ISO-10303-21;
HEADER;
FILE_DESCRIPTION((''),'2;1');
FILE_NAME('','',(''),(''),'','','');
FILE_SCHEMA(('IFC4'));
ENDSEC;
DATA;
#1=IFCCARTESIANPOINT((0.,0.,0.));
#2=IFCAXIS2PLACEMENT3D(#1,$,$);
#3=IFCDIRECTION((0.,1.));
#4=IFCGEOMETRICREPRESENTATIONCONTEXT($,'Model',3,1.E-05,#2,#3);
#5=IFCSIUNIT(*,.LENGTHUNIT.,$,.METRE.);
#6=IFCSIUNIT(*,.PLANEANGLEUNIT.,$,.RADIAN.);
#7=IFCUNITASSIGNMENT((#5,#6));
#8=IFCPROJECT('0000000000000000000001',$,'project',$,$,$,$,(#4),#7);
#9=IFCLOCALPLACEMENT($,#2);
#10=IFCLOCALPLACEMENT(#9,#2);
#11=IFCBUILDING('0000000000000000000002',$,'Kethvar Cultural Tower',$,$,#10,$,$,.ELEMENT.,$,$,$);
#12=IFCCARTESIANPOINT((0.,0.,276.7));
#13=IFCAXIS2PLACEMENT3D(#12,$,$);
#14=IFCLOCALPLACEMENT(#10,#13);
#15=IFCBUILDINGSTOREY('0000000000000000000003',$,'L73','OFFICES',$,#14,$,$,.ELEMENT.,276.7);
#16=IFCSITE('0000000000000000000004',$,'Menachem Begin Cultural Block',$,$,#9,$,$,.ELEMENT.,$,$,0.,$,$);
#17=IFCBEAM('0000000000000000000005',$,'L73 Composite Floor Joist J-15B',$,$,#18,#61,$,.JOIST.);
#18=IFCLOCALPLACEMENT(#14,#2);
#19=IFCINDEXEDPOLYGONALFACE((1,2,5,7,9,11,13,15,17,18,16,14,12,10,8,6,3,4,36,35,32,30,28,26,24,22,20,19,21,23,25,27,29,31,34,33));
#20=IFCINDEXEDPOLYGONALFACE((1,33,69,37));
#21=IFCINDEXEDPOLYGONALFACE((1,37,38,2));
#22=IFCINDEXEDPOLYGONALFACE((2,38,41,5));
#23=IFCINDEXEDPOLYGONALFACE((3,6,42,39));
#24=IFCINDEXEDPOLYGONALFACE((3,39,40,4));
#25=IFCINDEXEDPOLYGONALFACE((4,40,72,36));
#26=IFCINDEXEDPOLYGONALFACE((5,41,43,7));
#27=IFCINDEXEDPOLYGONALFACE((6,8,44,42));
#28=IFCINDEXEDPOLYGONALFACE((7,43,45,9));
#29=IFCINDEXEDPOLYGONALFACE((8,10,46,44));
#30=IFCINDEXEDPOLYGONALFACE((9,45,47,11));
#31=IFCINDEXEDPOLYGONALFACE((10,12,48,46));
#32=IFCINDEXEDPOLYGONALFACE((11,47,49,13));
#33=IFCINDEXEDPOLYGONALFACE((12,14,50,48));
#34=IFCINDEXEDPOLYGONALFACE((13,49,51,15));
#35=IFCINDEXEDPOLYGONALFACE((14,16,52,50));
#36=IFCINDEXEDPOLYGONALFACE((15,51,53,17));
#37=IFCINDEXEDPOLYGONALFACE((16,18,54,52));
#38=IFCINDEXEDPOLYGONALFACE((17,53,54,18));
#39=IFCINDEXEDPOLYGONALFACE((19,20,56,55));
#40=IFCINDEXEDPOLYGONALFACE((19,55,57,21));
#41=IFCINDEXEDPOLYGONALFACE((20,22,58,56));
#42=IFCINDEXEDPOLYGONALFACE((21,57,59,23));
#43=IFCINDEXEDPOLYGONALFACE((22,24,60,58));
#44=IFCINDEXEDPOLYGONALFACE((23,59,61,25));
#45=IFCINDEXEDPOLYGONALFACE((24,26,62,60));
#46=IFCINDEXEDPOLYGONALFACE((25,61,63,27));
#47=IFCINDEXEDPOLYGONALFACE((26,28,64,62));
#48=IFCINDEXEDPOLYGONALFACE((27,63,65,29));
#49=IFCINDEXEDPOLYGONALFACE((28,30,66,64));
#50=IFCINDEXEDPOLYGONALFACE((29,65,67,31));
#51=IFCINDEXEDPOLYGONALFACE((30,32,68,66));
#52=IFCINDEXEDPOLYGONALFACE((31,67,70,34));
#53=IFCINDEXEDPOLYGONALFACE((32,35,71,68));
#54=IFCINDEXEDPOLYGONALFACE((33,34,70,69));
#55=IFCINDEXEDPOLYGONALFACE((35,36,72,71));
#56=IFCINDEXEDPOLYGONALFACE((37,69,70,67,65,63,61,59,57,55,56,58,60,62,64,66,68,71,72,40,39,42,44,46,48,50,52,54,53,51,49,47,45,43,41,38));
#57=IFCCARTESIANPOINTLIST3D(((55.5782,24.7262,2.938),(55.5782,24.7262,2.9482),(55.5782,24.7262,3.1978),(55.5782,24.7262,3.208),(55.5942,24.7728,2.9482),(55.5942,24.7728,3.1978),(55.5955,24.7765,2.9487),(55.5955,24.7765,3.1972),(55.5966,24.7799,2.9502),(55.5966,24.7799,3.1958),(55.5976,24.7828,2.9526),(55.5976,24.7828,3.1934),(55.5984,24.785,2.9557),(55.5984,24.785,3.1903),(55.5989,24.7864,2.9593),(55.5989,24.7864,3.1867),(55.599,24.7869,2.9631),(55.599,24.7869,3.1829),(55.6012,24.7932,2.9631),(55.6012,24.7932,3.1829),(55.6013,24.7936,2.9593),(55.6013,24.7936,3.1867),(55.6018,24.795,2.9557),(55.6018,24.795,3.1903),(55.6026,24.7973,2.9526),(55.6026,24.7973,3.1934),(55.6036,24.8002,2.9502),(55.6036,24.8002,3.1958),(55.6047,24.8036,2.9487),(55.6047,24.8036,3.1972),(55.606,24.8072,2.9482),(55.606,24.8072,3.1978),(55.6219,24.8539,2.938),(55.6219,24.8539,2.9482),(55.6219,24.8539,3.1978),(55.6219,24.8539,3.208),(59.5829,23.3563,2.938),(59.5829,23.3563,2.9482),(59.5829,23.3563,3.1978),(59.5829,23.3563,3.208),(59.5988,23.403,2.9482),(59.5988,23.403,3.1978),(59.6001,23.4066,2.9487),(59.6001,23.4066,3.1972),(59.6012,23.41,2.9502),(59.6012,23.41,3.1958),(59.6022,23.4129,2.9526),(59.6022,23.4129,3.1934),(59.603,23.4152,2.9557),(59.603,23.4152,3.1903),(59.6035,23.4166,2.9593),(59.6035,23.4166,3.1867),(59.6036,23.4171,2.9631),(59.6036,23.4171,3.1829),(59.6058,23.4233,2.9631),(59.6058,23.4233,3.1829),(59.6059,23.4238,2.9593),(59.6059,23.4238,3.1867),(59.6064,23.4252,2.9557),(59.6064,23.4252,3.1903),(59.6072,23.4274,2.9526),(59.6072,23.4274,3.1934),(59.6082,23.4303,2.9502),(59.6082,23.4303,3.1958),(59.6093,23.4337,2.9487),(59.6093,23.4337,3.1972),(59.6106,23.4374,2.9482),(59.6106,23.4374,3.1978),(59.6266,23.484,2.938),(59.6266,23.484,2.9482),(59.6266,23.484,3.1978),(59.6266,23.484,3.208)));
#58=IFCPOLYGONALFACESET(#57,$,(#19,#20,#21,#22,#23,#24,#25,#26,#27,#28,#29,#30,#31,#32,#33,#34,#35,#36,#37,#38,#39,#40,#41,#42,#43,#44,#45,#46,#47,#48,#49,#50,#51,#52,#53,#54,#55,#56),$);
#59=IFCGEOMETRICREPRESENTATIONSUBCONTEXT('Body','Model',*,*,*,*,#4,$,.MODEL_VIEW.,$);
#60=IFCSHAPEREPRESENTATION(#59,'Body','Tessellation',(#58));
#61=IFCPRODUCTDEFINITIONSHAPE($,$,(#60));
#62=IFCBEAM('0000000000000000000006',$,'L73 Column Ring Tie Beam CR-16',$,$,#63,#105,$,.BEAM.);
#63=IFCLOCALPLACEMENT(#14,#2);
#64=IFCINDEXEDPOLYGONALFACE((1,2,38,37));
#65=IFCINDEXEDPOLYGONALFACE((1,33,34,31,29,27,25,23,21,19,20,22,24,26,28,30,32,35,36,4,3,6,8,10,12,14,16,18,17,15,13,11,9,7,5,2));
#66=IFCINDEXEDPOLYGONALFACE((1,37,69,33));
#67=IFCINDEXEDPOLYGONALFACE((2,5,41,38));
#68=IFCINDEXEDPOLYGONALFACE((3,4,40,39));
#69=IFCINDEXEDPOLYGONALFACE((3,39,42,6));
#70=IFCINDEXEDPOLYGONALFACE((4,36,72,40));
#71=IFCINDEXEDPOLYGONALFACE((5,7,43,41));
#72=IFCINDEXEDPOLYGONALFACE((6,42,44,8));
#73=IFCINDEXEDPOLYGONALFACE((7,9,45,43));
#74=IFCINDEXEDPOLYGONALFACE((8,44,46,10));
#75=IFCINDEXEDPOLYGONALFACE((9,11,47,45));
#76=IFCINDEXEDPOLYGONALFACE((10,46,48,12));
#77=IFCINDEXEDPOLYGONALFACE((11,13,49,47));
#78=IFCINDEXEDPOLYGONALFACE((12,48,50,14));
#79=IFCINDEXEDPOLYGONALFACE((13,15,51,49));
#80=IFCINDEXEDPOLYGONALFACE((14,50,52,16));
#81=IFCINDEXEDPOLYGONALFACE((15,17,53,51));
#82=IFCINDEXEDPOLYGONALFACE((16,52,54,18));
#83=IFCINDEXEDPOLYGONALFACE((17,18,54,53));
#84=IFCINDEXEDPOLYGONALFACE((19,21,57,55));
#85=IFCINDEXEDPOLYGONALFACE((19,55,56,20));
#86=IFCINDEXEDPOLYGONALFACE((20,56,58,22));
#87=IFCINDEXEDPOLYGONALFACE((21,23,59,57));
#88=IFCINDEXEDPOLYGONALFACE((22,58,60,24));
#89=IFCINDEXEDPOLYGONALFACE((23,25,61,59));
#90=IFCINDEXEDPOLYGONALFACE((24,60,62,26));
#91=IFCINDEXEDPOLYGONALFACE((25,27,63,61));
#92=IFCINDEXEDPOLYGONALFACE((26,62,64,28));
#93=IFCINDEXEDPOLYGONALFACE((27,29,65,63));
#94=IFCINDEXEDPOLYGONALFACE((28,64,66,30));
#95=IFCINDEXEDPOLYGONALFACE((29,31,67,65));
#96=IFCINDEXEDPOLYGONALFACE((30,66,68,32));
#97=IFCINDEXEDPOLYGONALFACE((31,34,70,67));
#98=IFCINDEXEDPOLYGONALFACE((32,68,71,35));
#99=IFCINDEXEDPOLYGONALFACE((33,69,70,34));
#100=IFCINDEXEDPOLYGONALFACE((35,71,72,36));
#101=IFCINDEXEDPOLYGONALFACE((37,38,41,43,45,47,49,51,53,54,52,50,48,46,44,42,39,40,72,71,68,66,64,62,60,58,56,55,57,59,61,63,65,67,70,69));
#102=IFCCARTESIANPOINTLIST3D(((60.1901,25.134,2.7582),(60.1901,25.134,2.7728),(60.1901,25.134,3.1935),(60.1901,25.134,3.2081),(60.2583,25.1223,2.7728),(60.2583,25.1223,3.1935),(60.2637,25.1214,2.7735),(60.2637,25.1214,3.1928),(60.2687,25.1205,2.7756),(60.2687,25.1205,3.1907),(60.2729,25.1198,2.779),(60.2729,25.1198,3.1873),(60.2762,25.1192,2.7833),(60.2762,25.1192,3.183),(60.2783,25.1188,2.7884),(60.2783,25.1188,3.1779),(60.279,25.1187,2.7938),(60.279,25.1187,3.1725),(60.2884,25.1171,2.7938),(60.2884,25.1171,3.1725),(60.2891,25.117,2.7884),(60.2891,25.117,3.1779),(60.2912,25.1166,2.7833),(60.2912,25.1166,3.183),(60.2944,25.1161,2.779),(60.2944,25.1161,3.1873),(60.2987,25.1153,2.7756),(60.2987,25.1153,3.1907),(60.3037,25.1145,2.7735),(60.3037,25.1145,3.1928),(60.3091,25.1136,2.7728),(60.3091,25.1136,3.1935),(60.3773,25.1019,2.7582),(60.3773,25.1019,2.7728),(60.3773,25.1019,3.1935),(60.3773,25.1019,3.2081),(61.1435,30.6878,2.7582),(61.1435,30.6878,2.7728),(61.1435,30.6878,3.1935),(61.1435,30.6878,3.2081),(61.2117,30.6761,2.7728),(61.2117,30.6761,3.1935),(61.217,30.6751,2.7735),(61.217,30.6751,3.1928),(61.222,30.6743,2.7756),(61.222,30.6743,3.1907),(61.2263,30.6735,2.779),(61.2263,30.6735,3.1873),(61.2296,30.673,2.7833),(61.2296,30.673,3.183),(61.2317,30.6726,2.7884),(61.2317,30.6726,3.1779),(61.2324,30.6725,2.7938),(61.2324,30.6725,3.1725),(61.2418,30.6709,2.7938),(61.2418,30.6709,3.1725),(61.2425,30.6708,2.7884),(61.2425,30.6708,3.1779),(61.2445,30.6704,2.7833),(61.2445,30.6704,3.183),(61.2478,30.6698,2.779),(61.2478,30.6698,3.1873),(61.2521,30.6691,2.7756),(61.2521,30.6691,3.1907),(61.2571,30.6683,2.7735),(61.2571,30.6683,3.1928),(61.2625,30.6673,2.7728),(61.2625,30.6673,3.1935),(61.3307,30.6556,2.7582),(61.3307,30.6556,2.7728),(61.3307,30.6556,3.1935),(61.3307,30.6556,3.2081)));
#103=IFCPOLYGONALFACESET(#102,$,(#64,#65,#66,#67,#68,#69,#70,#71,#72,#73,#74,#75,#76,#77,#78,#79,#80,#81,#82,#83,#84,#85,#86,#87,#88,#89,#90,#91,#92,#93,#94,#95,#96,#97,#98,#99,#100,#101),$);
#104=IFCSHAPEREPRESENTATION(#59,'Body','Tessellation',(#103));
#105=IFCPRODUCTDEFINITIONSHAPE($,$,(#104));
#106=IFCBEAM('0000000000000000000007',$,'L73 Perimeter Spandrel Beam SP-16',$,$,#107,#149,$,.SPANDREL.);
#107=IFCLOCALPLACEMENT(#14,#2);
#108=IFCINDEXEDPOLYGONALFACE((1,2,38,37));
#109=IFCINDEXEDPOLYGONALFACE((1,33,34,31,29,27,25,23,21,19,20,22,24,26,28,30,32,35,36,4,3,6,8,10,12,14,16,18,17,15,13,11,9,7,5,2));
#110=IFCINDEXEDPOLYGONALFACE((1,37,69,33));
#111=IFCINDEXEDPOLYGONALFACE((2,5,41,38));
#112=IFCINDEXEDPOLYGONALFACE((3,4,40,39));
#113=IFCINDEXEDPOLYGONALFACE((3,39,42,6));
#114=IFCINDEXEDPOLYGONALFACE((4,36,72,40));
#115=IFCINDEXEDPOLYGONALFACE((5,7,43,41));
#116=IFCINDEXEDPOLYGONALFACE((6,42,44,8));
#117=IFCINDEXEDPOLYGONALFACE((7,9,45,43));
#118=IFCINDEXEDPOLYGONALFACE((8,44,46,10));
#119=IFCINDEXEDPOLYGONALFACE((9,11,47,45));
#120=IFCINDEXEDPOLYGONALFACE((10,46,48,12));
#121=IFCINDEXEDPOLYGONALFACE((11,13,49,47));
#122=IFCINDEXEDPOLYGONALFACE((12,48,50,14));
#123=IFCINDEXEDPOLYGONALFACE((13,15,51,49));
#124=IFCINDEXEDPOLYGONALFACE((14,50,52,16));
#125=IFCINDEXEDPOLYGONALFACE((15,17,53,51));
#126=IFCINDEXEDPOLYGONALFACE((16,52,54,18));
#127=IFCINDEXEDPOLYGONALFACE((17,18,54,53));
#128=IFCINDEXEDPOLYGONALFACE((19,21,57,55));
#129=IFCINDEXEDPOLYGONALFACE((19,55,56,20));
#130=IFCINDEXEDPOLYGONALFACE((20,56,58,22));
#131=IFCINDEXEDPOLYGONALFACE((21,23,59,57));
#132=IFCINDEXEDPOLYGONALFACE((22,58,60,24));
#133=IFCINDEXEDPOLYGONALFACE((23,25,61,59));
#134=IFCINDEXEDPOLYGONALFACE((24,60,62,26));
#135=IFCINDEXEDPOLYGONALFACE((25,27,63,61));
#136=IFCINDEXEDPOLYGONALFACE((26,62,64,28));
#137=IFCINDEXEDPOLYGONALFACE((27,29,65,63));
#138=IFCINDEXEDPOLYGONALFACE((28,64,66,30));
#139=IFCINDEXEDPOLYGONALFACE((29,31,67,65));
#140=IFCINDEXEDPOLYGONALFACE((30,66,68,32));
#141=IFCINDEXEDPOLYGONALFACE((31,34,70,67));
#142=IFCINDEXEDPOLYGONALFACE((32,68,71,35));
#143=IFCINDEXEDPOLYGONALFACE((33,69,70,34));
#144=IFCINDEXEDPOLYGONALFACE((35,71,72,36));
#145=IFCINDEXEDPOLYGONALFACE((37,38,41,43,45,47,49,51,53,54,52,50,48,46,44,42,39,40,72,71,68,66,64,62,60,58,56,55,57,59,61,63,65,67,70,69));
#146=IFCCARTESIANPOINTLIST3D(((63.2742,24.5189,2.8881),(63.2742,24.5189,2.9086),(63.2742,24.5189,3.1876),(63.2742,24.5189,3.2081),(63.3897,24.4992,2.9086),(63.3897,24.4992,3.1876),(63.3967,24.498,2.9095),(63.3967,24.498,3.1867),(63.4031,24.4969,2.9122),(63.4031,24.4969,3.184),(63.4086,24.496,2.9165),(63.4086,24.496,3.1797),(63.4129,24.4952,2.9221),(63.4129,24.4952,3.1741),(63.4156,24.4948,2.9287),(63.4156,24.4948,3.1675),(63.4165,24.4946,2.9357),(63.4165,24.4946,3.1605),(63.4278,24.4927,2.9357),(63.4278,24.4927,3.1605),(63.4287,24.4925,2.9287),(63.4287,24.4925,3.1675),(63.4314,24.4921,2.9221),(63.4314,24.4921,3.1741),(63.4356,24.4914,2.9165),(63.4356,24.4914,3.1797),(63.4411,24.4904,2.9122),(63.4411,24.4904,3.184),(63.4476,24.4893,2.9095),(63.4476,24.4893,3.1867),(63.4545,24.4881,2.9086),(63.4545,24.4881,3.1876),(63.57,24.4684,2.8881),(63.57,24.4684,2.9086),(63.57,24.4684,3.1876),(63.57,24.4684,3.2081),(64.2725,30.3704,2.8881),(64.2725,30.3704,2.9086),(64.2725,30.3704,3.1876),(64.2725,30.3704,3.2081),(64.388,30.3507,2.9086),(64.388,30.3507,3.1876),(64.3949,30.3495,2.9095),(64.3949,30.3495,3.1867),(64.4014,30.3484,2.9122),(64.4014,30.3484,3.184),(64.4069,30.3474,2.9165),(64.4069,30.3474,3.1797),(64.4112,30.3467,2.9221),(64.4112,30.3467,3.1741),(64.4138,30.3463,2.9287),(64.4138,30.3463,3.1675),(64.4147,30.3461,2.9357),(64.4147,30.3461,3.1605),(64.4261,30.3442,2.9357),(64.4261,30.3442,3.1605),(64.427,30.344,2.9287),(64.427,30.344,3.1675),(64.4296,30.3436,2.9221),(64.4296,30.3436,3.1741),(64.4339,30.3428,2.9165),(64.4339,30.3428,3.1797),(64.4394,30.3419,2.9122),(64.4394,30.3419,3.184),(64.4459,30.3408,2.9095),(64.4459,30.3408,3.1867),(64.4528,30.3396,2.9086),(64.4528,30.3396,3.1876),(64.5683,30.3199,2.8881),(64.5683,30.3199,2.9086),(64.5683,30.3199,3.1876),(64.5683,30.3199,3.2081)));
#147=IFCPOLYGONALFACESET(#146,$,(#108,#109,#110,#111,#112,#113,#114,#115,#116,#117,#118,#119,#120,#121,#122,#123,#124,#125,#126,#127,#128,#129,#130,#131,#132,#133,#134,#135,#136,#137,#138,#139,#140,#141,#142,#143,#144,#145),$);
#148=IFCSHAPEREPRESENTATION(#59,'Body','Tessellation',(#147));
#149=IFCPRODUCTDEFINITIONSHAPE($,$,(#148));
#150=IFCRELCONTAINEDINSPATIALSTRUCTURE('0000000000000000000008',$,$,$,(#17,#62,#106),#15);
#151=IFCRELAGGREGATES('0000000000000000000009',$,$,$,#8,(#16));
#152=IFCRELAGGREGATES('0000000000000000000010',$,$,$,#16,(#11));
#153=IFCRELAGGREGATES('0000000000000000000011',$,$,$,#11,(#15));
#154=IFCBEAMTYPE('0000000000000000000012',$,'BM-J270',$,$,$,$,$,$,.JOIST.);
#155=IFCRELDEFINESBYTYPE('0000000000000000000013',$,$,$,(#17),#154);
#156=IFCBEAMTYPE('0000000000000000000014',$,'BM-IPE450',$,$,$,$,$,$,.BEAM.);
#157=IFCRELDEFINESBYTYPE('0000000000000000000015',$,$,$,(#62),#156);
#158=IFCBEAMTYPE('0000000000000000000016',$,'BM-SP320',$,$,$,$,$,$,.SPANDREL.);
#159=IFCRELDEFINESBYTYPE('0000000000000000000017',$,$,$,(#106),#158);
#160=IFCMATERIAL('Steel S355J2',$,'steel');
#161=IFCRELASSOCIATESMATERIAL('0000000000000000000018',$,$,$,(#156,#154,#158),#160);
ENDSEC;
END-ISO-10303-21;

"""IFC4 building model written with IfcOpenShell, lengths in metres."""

from ifc_helpers import new_model, si_unit, direction, frame, origin, origin_2d, place, context, subcontext, project, spatial, i_section, extrude, source, transform, mapped, material, material_profile, profile_set, type_object, element, save


model = new_model("IFC4")

# Units and contexts
model_context = context("Model", 3, precision=1e-05, world=origin(), true_north=direction((0.0, 1.0)))
body_context = subcontext(model_context, "Body", "Model", "MODEL_VIEW")
ifc_project = project(units=[si_unit("LENGTHUNIT", "METRE"), si_unit("PLANEANGLEUNIT", "RADIAN")], contexts=[model_context])

# Site, building, storey
site_placement = place(None, origin())
site = spatial("IfcSite", under=ifc_project, at=site_placement, Name="Menachem Begin Cultural Block", CompositionType="ELEMENT", RefElevation=0.0)
building_placement = place(site_placement, origin())
building = spatial("IfcBuilding", under=site, at=building_placement, Name="Kethvar Cultural Tower", CompositionType="ELEMENT")
storey_placement = place(building_placement, frame((0.0, 0.0, 276.7)))
storey = spatial("IfcBuildingStorey", under=building, at=storey_placement, Name="L73", Description="OFFICES", CompositionType="ELEMENT", Elevation=276.7)

# Shared definitions
ifc_material_1 = material(Name="Steel S355J2", Category="steel")

# Beams
ifc_material_profile_1 = material_profile(ifc_material_1, i_section(OverallWidth=0.1899, OverallDepth=0.45, WebThickness=0.0095, FlangeThickness=0.0146, FilletRadius=0.021, at=origin_2d()), Name="Steel S355J2 — IPE450")
ifc_profile_set_1 = profile_set([ifc_material_profile_1], Name="Steel S355J2 — IPE450")
beam_type_1 = type_object("IfcBeamType", Name="BM-IPE450", PredefinedType="BEAM", material=ifc_profile_set_1)
ifc_material_profile_2 = material_profile(ifc_material_1, i_section(OverallWidth=0.135, OverallDepth=0.27, WebThickness=0.0066, FlangeThickness=0.0103, FilletRadius=0.0149, at=origin_2d()), Name="Steel S355J2 — IPE270")
ifc_profile_set_2 = profile_set([ifc_material_profile_2], Name="Steel S355J2 — IPE270")
beam_type_2 = type_object("IfcBeamType", Name="BM-J270", PredefinedType="JOIST", material=ifc_profile_set_2)
shared_shape_1 = source(origin(), body_context, "Body", "SweptSolid", [
    extrude(i_section(OverallWidth=0.135, OverallDepth=0.27, WebThickness=0.0066, FlangeThickness=0.0103, FilletRadius=0.0149, at=origin_2d()), origin(), (0.0, 0.0, 1.0), 4.2324),
])
beam_1_placement = place(storey_placement, frame((55.6001, 24.79, 3.073), z_axis=(0.946174, -0.323659, 0.0), x_axis=(0.323659, 0.946174, 0.0)))
element("IfcBeam", 1, at=beam_1_placement, inside=storey, type_object=beam_type_2, Name="L73 Composite Floor Joist J-15B", PredefinedType="JOIST", context=body_context, shape_type="MappedRepresentation", body=[
    mapped(shared_shape_1, transform((0.0, 0.0, 0.0), scale=1.0)),
])
shared_shape_2 = source(origin(), body_context, "Body", "SweptSolid", [
    extrude(i_section(OverallWidth=0.1899, OverallDepth=0.45, WebThickness=0.0095, FlangeThickness=0.0146, FilletRadius=0.021, at=origin_2d()), origin(), (0.0, 0.0, 1.0), 5.635),
])
beam_2_placement = place(storey_placement, frame((60.2837, 25.1179, 2.9832), z_axis=(0.169189, 0.985584, 0.0), x_axis=(-0.985584, 0.169189, 0.0)))
element("IfcBeam", 2, at=beam_2_placement, inside=storey, type_object=beam_type_1, Name="L73 Column Ring Tie Beam CR-16", PredefinedType="BEAM", context=body_context, shape_type="MappedRepresentation", body=[
    mapped(shared_shape_2, transform((0.0, 0.0, 0.0), scale=1.0)),
])
ifc_material_profile_3 = material_profile(ifc_material_1, i_section(OverallWidth=0.3, OverallDepth=0.3201, WebThickness=0.0115, FlangeThickness=0.0205, FilletRadius=0.0271, at=origin_2d()), Name="Steel S355J2 — HEB320")
ifc_profile_set_3 = profile_set([ifc_material_profile_3], Name="Steel S355J2 — HEB320")
beam_type_3 = type_object("IfcBeamType", Name="BM-SP320", PredefinedType="SPANDREL", material=ifc_profile_set_3)
shared_shape_3 = source(origin(), body_context, "Body", "SweptSolid", [
    extrude(i_section(OverallWidth=0.3, OverallDepth=0.3201, WebThickness=0.0115, FlangeThickness=0.0205, FilletRadius=0.0271, at=origin_2d()), origin(), (0.0, 0.0, 1.0), 5.936),
])
beam_3_placement = place(storey_placement, frame((63.4221, 24.4937, 3.0481), z_axis=(0.168173, 0.985758, 0.0), x_axis=(-0.985758, 0.168173, 0.0)))
element("IfcBeam", 3, at=beam_3_placement, inside=storey, type_object=beam_type_3, Name="L73 Perimeter Spandrel Beam SP-16", PredefinedType="SPANDREL", context=body_context, shape_type="MappedRepresentation", body=[
    mapped(shared_shape_3, transform((0.0, 0.0, 0.0), scale=1.0)),
])

save(model, "model.ifc")
